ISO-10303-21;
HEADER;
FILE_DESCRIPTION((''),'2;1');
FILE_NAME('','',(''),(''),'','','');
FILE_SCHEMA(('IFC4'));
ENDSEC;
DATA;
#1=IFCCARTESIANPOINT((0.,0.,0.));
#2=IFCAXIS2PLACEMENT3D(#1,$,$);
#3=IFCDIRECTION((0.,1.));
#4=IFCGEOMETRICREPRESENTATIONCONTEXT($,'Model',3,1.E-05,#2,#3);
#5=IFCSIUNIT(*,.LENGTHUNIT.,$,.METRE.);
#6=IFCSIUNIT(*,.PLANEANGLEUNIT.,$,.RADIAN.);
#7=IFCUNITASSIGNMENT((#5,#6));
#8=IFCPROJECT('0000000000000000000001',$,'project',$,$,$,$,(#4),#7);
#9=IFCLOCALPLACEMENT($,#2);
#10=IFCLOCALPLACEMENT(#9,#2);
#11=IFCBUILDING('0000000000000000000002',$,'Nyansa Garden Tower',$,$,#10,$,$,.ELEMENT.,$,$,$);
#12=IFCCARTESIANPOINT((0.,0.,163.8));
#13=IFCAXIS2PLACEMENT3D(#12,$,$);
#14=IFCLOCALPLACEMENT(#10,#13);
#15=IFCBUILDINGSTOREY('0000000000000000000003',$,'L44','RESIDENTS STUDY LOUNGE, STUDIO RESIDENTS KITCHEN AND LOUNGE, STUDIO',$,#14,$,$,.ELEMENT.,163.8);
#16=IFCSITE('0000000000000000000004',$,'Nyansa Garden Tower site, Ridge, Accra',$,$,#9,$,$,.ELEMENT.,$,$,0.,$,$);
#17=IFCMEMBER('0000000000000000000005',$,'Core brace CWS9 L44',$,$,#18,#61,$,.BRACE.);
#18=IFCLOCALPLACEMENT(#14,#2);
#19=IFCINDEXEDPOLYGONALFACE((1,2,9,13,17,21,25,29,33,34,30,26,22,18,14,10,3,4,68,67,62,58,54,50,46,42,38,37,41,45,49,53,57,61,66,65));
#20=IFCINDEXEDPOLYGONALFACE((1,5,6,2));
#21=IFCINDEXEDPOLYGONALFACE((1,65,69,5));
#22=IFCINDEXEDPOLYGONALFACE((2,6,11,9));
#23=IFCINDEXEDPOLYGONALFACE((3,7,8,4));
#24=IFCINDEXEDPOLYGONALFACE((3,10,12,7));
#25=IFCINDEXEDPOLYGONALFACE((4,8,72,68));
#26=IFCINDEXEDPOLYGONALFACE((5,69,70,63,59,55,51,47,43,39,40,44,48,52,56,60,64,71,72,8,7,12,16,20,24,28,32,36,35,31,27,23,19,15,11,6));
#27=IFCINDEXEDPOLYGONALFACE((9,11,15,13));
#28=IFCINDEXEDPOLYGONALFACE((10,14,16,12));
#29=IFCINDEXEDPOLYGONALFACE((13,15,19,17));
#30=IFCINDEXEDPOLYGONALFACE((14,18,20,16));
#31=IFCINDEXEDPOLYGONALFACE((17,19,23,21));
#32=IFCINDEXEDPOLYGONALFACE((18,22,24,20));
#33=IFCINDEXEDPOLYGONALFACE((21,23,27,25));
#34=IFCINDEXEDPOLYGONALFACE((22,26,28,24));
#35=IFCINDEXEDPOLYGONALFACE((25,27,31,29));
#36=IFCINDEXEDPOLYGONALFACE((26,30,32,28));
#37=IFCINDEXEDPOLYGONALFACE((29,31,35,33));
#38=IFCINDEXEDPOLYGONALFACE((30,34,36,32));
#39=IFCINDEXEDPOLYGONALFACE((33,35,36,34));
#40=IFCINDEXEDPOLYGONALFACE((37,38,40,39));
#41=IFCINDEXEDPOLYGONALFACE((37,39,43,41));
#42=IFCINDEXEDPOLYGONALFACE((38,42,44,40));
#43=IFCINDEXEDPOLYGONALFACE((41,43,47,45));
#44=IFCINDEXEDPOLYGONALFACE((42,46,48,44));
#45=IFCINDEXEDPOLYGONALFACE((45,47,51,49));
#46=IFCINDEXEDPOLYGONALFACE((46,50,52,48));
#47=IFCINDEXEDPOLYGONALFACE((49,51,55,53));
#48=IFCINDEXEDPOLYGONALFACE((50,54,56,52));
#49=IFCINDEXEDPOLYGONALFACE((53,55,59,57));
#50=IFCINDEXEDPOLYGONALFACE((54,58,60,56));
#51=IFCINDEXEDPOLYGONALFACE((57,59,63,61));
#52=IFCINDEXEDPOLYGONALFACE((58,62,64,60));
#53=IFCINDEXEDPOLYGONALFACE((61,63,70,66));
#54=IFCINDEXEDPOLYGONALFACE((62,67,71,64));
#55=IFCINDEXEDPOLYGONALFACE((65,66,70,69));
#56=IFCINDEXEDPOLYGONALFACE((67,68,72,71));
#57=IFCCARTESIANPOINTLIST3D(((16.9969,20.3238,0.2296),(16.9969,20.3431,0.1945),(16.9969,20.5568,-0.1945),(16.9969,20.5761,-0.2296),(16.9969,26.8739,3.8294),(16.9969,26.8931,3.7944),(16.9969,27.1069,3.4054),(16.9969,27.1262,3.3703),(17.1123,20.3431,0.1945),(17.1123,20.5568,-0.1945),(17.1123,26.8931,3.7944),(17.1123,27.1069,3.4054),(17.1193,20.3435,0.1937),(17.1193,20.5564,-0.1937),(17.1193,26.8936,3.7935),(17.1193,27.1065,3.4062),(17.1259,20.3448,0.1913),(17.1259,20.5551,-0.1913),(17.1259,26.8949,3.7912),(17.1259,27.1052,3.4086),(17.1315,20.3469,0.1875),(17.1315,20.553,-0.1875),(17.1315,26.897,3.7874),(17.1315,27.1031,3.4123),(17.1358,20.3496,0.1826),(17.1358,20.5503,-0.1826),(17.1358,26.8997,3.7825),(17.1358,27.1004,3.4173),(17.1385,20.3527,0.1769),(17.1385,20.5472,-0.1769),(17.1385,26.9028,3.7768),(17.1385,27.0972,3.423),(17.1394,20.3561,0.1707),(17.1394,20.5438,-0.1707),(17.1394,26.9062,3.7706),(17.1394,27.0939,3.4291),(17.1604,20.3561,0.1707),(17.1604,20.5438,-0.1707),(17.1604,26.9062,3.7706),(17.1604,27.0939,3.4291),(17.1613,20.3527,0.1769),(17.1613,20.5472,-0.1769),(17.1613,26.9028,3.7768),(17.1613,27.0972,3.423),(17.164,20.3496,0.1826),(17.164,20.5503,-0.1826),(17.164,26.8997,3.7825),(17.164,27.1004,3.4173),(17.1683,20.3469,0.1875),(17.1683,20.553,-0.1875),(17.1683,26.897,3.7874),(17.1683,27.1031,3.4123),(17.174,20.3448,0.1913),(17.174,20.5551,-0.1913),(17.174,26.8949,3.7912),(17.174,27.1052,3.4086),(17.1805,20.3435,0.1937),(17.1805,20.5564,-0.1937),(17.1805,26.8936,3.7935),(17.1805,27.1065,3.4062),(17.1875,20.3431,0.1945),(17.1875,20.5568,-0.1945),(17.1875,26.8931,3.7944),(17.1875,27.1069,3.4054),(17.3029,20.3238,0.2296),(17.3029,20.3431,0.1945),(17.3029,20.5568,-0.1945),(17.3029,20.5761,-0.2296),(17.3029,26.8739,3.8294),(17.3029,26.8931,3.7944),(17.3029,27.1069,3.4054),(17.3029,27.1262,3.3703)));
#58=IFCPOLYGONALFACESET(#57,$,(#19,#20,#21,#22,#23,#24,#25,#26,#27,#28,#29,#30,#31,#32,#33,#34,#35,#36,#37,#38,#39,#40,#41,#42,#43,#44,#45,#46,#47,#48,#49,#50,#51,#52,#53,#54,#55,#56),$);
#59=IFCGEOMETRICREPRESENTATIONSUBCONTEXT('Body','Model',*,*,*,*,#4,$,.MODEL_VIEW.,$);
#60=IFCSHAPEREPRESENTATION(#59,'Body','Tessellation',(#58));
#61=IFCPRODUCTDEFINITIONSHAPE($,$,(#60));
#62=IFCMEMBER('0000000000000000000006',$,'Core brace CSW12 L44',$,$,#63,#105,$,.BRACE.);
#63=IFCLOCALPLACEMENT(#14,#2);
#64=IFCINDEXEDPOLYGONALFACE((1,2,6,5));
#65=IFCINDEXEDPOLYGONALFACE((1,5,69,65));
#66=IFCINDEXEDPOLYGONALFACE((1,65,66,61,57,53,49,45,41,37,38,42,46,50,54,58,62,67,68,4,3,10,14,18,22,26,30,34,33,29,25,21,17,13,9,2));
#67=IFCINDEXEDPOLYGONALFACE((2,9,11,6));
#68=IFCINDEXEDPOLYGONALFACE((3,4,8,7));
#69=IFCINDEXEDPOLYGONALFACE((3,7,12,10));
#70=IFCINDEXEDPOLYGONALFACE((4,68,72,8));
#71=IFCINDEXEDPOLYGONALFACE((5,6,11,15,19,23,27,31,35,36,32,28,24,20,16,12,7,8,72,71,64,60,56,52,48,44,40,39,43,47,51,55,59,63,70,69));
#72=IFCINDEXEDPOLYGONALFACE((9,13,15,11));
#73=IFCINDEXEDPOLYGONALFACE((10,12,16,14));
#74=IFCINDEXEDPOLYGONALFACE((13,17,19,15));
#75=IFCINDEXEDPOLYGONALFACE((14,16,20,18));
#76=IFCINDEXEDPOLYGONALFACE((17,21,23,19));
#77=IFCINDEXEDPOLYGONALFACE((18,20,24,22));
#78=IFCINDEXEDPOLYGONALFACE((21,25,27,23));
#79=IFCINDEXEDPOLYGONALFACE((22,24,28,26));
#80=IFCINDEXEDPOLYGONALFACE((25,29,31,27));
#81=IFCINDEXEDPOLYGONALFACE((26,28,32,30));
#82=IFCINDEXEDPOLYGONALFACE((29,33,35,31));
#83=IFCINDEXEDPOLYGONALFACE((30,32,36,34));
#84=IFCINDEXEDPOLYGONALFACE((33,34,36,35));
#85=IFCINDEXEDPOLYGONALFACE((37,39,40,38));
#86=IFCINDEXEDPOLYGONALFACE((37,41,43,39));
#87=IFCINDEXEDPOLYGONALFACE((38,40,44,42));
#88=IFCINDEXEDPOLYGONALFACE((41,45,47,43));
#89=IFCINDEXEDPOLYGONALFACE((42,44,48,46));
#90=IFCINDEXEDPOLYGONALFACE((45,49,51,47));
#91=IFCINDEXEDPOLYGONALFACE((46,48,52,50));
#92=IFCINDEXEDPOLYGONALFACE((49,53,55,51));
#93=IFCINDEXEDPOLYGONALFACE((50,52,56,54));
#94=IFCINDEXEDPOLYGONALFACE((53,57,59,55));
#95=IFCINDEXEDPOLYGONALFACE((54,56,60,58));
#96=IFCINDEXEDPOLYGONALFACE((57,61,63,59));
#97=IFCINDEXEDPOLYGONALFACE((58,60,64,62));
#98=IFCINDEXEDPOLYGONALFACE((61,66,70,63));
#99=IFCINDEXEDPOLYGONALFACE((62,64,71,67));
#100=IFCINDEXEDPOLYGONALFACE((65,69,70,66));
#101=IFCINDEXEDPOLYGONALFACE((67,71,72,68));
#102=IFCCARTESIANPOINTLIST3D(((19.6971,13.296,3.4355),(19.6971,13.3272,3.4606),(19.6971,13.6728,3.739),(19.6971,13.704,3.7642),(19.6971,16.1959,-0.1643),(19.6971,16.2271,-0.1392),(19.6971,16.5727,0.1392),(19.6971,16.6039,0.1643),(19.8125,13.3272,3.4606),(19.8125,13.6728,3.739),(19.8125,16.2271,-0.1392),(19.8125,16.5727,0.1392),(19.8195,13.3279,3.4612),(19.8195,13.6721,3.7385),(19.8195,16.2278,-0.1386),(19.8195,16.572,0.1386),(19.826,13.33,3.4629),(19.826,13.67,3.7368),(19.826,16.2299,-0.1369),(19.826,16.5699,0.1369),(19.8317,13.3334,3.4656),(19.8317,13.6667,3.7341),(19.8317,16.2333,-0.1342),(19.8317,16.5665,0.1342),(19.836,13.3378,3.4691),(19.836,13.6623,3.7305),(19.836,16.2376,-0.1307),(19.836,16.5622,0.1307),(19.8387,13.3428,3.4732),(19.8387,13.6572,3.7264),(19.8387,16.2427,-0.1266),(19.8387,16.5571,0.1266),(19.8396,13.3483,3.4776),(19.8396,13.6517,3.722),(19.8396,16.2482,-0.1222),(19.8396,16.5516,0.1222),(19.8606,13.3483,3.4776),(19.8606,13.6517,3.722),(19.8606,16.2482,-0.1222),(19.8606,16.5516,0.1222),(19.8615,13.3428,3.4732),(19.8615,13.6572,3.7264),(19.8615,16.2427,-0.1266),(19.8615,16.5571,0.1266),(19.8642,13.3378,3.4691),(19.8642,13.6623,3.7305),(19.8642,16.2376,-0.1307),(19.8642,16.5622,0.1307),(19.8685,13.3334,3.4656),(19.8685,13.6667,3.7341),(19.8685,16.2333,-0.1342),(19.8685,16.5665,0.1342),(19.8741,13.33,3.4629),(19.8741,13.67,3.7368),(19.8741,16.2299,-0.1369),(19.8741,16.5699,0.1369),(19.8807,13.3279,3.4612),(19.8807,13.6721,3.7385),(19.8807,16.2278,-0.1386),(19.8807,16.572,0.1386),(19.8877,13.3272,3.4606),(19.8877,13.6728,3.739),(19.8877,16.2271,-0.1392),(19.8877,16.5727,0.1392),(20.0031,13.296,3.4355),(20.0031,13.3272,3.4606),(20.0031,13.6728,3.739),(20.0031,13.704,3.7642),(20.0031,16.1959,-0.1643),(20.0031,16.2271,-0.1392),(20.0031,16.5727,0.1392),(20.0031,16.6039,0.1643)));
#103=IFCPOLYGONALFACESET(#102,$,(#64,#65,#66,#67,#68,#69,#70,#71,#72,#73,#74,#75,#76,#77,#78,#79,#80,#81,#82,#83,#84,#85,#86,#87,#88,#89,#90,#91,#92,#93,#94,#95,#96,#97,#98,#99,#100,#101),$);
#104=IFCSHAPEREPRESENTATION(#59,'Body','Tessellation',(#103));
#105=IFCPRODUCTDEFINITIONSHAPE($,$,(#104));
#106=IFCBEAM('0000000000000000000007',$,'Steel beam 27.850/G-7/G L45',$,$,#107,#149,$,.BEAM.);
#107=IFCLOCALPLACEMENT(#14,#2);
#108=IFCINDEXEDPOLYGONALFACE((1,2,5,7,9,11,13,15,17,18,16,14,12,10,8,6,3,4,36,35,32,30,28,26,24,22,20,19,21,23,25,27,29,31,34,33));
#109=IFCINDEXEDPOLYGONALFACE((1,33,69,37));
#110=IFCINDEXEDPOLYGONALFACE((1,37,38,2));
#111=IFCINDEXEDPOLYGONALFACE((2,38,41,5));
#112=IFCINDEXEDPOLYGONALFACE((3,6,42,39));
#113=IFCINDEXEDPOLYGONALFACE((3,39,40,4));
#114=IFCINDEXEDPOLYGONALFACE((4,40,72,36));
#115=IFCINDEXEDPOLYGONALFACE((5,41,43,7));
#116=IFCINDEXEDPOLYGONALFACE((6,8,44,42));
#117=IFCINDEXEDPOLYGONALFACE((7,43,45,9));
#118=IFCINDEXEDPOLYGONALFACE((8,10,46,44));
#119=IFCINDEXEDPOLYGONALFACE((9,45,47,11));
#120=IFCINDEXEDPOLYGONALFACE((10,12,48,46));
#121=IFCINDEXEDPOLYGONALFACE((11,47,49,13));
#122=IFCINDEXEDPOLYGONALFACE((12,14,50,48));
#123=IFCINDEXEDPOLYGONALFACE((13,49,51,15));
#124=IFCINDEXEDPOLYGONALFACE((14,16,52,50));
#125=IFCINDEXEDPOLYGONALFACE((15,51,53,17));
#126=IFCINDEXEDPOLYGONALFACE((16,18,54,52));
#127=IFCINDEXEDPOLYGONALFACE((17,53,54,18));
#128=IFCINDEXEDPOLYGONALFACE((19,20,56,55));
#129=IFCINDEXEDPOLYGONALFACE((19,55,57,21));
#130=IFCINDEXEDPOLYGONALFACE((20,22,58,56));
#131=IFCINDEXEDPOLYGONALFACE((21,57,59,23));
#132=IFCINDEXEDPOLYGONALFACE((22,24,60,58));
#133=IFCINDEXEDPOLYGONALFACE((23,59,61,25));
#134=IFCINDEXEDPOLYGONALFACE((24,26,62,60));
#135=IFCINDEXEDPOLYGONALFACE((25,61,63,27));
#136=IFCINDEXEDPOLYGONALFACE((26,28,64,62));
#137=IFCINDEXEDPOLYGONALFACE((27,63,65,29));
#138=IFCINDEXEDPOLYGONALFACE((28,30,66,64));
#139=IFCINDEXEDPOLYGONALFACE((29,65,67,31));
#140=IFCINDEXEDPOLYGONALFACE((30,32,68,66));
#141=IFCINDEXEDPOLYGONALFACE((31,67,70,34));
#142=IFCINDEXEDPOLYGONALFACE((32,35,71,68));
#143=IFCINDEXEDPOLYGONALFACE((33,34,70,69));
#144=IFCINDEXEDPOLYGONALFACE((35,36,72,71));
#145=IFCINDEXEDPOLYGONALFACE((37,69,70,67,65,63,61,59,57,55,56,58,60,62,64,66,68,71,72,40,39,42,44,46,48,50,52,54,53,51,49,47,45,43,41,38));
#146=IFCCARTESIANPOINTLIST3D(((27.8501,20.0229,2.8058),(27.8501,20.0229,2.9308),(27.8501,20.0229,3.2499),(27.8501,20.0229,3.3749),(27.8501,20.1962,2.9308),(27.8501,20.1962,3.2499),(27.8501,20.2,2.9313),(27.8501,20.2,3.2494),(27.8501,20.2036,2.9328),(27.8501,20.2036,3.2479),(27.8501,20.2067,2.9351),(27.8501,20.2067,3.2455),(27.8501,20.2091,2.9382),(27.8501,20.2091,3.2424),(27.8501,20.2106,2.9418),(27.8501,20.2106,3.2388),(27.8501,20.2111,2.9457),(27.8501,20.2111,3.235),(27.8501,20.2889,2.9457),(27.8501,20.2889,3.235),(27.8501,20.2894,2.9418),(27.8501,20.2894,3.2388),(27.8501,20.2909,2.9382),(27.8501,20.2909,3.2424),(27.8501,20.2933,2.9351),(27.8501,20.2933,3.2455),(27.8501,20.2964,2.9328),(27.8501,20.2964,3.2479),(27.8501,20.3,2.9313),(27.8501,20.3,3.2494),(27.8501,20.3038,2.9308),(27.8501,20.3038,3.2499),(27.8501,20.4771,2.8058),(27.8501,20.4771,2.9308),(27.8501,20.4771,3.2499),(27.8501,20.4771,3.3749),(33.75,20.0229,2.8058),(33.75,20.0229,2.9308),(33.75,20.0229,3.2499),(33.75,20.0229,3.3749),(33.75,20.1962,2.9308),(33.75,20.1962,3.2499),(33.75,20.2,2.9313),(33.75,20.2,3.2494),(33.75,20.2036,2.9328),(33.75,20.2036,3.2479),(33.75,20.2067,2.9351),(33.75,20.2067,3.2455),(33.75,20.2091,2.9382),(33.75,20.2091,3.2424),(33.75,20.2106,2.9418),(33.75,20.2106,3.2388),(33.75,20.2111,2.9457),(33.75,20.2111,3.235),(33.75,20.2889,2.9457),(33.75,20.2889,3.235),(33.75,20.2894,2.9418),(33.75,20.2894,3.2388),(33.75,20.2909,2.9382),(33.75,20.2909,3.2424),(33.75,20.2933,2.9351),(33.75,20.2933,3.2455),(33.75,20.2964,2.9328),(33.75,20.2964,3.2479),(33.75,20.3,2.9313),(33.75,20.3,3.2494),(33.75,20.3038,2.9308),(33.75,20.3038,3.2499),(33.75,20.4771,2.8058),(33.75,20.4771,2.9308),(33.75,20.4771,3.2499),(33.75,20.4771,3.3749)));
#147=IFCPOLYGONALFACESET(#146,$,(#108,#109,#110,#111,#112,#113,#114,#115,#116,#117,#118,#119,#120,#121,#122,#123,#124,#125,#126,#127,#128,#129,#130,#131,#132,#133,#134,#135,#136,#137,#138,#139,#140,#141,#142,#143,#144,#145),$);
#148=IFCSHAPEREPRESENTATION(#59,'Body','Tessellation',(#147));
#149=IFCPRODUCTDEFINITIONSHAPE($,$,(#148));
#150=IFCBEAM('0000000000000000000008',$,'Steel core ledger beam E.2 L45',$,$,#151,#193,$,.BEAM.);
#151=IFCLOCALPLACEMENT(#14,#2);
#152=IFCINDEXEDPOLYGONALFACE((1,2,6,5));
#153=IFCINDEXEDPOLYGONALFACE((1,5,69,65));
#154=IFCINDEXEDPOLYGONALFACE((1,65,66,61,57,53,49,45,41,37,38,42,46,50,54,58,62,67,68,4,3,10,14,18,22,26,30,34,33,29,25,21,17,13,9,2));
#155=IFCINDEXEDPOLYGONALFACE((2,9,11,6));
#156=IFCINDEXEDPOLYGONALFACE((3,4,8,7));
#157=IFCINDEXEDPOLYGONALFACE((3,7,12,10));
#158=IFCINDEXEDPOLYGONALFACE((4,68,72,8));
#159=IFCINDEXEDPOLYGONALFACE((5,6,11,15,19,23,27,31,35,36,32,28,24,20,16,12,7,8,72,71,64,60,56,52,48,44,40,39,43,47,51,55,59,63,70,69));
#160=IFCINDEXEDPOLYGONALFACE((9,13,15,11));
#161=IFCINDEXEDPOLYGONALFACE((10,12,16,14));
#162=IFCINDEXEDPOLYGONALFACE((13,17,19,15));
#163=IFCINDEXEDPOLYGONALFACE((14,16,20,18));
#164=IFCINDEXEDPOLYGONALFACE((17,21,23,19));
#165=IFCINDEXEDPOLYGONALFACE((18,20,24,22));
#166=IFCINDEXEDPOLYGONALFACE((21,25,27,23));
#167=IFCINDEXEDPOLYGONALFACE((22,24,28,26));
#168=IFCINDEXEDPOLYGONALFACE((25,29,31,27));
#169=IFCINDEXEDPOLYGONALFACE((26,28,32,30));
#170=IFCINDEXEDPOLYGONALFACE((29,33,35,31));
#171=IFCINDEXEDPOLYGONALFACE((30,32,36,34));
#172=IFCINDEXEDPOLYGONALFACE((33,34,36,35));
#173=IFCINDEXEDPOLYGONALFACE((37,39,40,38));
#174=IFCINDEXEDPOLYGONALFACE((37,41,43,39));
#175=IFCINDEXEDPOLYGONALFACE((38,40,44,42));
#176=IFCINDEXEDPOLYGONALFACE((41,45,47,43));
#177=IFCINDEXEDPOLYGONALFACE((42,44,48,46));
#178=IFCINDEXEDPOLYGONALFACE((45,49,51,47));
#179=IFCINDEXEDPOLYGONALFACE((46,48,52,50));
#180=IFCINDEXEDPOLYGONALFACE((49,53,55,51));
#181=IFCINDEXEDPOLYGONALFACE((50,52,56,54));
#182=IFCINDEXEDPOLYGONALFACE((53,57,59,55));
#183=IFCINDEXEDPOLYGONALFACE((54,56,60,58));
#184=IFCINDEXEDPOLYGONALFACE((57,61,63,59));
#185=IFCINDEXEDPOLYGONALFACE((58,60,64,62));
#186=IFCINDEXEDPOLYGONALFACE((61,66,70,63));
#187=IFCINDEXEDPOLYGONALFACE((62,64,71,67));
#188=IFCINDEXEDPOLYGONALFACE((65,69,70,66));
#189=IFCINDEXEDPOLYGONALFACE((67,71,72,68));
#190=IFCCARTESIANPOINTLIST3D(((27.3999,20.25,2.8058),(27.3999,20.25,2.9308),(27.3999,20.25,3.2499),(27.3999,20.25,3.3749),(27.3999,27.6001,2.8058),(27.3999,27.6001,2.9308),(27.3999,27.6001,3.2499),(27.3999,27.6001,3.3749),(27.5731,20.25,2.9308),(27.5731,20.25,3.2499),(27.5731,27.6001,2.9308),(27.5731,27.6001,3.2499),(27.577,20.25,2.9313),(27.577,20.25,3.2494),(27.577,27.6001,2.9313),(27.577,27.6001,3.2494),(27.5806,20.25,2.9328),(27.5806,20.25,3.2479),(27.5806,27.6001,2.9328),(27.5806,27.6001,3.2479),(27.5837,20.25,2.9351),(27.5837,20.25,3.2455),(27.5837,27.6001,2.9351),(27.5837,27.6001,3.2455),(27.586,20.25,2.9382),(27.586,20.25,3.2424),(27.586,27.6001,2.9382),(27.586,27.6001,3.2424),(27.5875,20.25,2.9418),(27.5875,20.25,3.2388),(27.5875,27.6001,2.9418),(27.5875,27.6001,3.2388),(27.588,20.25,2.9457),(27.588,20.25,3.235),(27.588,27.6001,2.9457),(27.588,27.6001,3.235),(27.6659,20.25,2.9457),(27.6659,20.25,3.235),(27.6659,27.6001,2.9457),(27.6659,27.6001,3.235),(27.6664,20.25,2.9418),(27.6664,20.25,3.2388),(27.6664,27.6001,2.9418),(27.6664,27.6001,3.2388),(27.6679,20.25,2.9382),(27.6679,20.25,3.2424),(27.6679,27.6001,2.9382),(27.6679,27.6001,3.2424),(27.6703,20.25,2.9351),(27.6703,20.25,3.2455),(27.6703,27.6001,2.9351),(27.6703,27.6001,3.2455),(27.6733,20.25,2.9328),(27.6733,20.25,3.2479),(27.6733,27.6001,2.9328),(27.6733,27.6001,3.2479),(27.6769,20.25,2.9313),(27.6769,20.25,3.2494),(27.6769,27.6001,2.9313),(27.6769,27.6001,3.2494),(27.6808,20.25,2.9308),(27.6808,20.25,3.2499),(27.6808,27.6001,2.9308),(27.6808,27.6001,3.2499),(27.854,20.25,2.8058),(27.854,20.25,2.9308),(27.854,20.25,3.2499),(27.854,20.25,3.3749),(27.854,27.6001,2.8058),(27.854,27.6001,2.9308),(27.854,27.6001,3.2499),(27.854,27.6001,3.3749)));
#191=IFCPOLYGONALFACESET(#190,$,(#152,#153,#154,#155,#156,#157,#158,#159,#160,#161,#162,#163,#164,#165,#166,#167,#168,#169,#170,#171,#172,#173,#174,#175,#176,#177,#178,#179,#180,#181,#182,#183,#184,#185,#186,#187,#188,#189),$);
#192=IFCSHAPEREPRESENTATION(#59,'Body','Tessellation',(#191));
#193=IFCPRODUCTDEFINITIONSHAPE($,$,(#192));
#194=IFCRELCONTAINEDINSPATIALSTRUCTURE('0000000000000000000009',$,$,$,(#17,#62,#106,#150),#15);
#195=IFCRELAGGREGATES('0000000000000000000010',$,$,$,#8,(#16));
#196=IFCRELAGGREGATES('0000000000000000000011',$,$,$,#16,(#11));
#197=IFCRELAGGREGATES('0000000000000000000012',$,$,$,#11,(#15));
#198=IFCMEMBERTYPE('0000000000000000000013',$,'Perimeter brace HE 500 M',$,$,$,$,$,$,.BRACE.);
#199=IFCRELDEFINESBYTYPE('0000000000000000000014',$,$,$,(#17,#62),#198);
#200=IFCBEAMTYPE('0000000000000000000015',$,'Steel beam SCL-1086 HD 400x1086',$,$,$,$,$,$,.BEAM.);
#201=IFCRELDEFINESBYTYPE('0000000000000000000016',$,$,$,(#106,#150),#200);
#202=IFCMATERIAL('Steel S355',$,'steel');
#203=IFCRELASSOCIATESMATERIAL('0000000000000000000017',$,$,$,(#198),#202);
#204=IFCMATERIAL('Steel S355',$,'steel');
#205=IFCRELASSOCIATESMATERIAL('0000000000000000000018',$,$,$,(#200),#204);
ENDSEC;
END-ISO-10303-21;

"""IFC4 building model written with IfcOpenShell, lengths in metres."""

from ifc_helpers import new_model, si_unit, direction, frame, origin, origin_2d, place, context, subcontext, project, spatial, i_section, extrude, material, material_profile, profile_set, type_object, element, save


model = new_model("IFC4")

# Units and contexts
model_context = context("Model", 3, precision=1e-05, world=origin(), true_north=direction((0.0, 1.0)))
body_context = subcontext(model_context, "Body", "Model", "MODEL_VIEW")
ifc_project = project(units=[si_unit("LENGTHUNIT", "METRE"), si_unit("PLANEANGLEUNIT", "RADIAN")], contexts=[model_context])

# Site, building, storey
site_placement = place(None, origin())
site = spatial("IfcSite", under=ifc_project, at=site_placement, Name="Nyansa Garden Tower site, Ridge, Accra", CompositionType="ELEMENT", RefElevation=0.0)
building_placement = place(site_placement, origin())
building = spatial("IfcBuilding", under=site, at=building_placement, Name="Nyansa Garden Tower", CompositionType="ELEMENT")
storey_placement = place(building_placement, frame((0.0, 0.0, 163.8)))
storey = spatial("IfcBuildingStorey", under=building, at=storey_placement, Name="L44", Description="RESIDENTS STUDY LOUNGE, STUDIO RESIDENTS KITCHEN AND LOUNGE, STUDIO", CompositionType="ELEMENT", Elevation=163.8)

# Members
ifc_material_1 = material(Name="Steel S355", Category="steel")
ifc_material_profile_1 = material_profile(ifc_material_1, i_section(OverallWidth=0.3059, OverallDepth=0.5239, WebThickness=0.021, FlangeThickness=0.04, FilletRadius=0.0271, at=origin_2d()), Name="HE 500 M")
ifc_profile_set_1 = profile_set([ifc_material_profile_1], Name="Steel S355")
member_type = type_object("IfcMemberType", Name="Perimeter brace HE 500 M", PredefinedType="BRACE", material=ifc_profile_set_1)
member_1_placement = place(storey_placement, frame((17.1499, 20.45, 0.0), z_axis=(0.0, 0.876367, 0.481644), x_axis=(-1.0, 0.0, 0.0)))
element("IfcMember", 1, at=member_1_placement, inside=storey, type_object=member_type, Name="Core brace CWS9 L44", PredefinedType="BRACE", context=body_context, shape_type="SweptSolid", body=[
    extrude(i_section(OverallWidth=0.3059, OverallDepth=0.5239, WebThickness=0.021, FlangeThickness=0.04, FilletRadius=0.0271, at=origin_2d()), origin(), (0.0, 0.0, 1.0), 7.4741),
])
member_2_placement = place(storey_placement, frame((19.8501, 16.3999, 0.0), z_axis=(0.0, -0.627332, 0.778752), x_axis=(1.0, 0.0, 0.0)))
element("IfcMember", 2, at=member_2_placement, inside=storey, type_object=member_type, Name="Core brace CSW12 L44", PredefinedType="BRACE", context=body_context, shape_type="SweptSolid", body=[
    extrude(i_section(OverallWidth=0.3059, OverallDepth=0.5239, WebThickness=0.021, FlangeThickness=0.04, FilletRadius=0.0271, at=origin_2d()), origin(), (0.0, 0.0, 1.0), 4.6226),
])

# Beams
ifc_material_2 = material(Name="Steel S355", Category="steel")
ifc_material_profile_2 = material_profile(ifc_material_2, i_section(OverallWidth=0.4541, OverallDepth=0.5691, WebThickness=0.0779, FlangeThickness=0.125, FilletRadius=0.0149, at=origin_2d()), Name="HD 400x1086")
ifc_profile_set_2 = profile_set([ifc_material_profile_2], Name="Steel S355")
beam_type = type_object("IfcBeamType", Name="Steel beam SCL-1086 HD 400x1086", PredefinedType="BEAM", material=ifc_profile_set_2)
beam_1_placement = place(storey_placement, frame((27.8501, 20.25, 3.0903), z_axis=(1.0, 0.0, 0.0), x_axis=(0.0, 1.0, 0.0)))
element("IfcBeam", 3, at=beam_1_placement, inside=storey, type_object=beam_type, Name="Steel beam 27.850/G-7/G L45", PredefinedType="BEAM", context=body_context, shape_type="SweptSolid", body=[
    extrude(i_section(OverallWidth=0.4541, OverallDepth=0.5691, WebThickness=0.0779, FlangeThickness=0.125, FilletRadius=0.0149, at=origin_2d()), origin(), (0.0, 0.0, 1.0), 5.8999),
])
beam_2_placement = place(storey_placement, frame((27.627, 20.25, 3.0903), z_axis=(0.0, 1.0, 0.0), x_axis=(-1.0, 0.0, 0.0)))
element("IfcBeam", 4, at=beam_2_placement, inside=storey, type_object=beam_type, Name="Steel core ledger beam E.2 L45", PredefinedType="BEAM", context=body_context, shape_type="SweptSolid", body=[
    extrude(i_section(OverallWidth=0.4541, OverallDepth=0.5691, WebThickness=0.0779, FlangeThickness=0.125, FilletRadius=0.0149, at=origin_2d()), origin(), (0.0, 0.0, 1.0), 7.3501),
])

save(model, "model.ifc")
